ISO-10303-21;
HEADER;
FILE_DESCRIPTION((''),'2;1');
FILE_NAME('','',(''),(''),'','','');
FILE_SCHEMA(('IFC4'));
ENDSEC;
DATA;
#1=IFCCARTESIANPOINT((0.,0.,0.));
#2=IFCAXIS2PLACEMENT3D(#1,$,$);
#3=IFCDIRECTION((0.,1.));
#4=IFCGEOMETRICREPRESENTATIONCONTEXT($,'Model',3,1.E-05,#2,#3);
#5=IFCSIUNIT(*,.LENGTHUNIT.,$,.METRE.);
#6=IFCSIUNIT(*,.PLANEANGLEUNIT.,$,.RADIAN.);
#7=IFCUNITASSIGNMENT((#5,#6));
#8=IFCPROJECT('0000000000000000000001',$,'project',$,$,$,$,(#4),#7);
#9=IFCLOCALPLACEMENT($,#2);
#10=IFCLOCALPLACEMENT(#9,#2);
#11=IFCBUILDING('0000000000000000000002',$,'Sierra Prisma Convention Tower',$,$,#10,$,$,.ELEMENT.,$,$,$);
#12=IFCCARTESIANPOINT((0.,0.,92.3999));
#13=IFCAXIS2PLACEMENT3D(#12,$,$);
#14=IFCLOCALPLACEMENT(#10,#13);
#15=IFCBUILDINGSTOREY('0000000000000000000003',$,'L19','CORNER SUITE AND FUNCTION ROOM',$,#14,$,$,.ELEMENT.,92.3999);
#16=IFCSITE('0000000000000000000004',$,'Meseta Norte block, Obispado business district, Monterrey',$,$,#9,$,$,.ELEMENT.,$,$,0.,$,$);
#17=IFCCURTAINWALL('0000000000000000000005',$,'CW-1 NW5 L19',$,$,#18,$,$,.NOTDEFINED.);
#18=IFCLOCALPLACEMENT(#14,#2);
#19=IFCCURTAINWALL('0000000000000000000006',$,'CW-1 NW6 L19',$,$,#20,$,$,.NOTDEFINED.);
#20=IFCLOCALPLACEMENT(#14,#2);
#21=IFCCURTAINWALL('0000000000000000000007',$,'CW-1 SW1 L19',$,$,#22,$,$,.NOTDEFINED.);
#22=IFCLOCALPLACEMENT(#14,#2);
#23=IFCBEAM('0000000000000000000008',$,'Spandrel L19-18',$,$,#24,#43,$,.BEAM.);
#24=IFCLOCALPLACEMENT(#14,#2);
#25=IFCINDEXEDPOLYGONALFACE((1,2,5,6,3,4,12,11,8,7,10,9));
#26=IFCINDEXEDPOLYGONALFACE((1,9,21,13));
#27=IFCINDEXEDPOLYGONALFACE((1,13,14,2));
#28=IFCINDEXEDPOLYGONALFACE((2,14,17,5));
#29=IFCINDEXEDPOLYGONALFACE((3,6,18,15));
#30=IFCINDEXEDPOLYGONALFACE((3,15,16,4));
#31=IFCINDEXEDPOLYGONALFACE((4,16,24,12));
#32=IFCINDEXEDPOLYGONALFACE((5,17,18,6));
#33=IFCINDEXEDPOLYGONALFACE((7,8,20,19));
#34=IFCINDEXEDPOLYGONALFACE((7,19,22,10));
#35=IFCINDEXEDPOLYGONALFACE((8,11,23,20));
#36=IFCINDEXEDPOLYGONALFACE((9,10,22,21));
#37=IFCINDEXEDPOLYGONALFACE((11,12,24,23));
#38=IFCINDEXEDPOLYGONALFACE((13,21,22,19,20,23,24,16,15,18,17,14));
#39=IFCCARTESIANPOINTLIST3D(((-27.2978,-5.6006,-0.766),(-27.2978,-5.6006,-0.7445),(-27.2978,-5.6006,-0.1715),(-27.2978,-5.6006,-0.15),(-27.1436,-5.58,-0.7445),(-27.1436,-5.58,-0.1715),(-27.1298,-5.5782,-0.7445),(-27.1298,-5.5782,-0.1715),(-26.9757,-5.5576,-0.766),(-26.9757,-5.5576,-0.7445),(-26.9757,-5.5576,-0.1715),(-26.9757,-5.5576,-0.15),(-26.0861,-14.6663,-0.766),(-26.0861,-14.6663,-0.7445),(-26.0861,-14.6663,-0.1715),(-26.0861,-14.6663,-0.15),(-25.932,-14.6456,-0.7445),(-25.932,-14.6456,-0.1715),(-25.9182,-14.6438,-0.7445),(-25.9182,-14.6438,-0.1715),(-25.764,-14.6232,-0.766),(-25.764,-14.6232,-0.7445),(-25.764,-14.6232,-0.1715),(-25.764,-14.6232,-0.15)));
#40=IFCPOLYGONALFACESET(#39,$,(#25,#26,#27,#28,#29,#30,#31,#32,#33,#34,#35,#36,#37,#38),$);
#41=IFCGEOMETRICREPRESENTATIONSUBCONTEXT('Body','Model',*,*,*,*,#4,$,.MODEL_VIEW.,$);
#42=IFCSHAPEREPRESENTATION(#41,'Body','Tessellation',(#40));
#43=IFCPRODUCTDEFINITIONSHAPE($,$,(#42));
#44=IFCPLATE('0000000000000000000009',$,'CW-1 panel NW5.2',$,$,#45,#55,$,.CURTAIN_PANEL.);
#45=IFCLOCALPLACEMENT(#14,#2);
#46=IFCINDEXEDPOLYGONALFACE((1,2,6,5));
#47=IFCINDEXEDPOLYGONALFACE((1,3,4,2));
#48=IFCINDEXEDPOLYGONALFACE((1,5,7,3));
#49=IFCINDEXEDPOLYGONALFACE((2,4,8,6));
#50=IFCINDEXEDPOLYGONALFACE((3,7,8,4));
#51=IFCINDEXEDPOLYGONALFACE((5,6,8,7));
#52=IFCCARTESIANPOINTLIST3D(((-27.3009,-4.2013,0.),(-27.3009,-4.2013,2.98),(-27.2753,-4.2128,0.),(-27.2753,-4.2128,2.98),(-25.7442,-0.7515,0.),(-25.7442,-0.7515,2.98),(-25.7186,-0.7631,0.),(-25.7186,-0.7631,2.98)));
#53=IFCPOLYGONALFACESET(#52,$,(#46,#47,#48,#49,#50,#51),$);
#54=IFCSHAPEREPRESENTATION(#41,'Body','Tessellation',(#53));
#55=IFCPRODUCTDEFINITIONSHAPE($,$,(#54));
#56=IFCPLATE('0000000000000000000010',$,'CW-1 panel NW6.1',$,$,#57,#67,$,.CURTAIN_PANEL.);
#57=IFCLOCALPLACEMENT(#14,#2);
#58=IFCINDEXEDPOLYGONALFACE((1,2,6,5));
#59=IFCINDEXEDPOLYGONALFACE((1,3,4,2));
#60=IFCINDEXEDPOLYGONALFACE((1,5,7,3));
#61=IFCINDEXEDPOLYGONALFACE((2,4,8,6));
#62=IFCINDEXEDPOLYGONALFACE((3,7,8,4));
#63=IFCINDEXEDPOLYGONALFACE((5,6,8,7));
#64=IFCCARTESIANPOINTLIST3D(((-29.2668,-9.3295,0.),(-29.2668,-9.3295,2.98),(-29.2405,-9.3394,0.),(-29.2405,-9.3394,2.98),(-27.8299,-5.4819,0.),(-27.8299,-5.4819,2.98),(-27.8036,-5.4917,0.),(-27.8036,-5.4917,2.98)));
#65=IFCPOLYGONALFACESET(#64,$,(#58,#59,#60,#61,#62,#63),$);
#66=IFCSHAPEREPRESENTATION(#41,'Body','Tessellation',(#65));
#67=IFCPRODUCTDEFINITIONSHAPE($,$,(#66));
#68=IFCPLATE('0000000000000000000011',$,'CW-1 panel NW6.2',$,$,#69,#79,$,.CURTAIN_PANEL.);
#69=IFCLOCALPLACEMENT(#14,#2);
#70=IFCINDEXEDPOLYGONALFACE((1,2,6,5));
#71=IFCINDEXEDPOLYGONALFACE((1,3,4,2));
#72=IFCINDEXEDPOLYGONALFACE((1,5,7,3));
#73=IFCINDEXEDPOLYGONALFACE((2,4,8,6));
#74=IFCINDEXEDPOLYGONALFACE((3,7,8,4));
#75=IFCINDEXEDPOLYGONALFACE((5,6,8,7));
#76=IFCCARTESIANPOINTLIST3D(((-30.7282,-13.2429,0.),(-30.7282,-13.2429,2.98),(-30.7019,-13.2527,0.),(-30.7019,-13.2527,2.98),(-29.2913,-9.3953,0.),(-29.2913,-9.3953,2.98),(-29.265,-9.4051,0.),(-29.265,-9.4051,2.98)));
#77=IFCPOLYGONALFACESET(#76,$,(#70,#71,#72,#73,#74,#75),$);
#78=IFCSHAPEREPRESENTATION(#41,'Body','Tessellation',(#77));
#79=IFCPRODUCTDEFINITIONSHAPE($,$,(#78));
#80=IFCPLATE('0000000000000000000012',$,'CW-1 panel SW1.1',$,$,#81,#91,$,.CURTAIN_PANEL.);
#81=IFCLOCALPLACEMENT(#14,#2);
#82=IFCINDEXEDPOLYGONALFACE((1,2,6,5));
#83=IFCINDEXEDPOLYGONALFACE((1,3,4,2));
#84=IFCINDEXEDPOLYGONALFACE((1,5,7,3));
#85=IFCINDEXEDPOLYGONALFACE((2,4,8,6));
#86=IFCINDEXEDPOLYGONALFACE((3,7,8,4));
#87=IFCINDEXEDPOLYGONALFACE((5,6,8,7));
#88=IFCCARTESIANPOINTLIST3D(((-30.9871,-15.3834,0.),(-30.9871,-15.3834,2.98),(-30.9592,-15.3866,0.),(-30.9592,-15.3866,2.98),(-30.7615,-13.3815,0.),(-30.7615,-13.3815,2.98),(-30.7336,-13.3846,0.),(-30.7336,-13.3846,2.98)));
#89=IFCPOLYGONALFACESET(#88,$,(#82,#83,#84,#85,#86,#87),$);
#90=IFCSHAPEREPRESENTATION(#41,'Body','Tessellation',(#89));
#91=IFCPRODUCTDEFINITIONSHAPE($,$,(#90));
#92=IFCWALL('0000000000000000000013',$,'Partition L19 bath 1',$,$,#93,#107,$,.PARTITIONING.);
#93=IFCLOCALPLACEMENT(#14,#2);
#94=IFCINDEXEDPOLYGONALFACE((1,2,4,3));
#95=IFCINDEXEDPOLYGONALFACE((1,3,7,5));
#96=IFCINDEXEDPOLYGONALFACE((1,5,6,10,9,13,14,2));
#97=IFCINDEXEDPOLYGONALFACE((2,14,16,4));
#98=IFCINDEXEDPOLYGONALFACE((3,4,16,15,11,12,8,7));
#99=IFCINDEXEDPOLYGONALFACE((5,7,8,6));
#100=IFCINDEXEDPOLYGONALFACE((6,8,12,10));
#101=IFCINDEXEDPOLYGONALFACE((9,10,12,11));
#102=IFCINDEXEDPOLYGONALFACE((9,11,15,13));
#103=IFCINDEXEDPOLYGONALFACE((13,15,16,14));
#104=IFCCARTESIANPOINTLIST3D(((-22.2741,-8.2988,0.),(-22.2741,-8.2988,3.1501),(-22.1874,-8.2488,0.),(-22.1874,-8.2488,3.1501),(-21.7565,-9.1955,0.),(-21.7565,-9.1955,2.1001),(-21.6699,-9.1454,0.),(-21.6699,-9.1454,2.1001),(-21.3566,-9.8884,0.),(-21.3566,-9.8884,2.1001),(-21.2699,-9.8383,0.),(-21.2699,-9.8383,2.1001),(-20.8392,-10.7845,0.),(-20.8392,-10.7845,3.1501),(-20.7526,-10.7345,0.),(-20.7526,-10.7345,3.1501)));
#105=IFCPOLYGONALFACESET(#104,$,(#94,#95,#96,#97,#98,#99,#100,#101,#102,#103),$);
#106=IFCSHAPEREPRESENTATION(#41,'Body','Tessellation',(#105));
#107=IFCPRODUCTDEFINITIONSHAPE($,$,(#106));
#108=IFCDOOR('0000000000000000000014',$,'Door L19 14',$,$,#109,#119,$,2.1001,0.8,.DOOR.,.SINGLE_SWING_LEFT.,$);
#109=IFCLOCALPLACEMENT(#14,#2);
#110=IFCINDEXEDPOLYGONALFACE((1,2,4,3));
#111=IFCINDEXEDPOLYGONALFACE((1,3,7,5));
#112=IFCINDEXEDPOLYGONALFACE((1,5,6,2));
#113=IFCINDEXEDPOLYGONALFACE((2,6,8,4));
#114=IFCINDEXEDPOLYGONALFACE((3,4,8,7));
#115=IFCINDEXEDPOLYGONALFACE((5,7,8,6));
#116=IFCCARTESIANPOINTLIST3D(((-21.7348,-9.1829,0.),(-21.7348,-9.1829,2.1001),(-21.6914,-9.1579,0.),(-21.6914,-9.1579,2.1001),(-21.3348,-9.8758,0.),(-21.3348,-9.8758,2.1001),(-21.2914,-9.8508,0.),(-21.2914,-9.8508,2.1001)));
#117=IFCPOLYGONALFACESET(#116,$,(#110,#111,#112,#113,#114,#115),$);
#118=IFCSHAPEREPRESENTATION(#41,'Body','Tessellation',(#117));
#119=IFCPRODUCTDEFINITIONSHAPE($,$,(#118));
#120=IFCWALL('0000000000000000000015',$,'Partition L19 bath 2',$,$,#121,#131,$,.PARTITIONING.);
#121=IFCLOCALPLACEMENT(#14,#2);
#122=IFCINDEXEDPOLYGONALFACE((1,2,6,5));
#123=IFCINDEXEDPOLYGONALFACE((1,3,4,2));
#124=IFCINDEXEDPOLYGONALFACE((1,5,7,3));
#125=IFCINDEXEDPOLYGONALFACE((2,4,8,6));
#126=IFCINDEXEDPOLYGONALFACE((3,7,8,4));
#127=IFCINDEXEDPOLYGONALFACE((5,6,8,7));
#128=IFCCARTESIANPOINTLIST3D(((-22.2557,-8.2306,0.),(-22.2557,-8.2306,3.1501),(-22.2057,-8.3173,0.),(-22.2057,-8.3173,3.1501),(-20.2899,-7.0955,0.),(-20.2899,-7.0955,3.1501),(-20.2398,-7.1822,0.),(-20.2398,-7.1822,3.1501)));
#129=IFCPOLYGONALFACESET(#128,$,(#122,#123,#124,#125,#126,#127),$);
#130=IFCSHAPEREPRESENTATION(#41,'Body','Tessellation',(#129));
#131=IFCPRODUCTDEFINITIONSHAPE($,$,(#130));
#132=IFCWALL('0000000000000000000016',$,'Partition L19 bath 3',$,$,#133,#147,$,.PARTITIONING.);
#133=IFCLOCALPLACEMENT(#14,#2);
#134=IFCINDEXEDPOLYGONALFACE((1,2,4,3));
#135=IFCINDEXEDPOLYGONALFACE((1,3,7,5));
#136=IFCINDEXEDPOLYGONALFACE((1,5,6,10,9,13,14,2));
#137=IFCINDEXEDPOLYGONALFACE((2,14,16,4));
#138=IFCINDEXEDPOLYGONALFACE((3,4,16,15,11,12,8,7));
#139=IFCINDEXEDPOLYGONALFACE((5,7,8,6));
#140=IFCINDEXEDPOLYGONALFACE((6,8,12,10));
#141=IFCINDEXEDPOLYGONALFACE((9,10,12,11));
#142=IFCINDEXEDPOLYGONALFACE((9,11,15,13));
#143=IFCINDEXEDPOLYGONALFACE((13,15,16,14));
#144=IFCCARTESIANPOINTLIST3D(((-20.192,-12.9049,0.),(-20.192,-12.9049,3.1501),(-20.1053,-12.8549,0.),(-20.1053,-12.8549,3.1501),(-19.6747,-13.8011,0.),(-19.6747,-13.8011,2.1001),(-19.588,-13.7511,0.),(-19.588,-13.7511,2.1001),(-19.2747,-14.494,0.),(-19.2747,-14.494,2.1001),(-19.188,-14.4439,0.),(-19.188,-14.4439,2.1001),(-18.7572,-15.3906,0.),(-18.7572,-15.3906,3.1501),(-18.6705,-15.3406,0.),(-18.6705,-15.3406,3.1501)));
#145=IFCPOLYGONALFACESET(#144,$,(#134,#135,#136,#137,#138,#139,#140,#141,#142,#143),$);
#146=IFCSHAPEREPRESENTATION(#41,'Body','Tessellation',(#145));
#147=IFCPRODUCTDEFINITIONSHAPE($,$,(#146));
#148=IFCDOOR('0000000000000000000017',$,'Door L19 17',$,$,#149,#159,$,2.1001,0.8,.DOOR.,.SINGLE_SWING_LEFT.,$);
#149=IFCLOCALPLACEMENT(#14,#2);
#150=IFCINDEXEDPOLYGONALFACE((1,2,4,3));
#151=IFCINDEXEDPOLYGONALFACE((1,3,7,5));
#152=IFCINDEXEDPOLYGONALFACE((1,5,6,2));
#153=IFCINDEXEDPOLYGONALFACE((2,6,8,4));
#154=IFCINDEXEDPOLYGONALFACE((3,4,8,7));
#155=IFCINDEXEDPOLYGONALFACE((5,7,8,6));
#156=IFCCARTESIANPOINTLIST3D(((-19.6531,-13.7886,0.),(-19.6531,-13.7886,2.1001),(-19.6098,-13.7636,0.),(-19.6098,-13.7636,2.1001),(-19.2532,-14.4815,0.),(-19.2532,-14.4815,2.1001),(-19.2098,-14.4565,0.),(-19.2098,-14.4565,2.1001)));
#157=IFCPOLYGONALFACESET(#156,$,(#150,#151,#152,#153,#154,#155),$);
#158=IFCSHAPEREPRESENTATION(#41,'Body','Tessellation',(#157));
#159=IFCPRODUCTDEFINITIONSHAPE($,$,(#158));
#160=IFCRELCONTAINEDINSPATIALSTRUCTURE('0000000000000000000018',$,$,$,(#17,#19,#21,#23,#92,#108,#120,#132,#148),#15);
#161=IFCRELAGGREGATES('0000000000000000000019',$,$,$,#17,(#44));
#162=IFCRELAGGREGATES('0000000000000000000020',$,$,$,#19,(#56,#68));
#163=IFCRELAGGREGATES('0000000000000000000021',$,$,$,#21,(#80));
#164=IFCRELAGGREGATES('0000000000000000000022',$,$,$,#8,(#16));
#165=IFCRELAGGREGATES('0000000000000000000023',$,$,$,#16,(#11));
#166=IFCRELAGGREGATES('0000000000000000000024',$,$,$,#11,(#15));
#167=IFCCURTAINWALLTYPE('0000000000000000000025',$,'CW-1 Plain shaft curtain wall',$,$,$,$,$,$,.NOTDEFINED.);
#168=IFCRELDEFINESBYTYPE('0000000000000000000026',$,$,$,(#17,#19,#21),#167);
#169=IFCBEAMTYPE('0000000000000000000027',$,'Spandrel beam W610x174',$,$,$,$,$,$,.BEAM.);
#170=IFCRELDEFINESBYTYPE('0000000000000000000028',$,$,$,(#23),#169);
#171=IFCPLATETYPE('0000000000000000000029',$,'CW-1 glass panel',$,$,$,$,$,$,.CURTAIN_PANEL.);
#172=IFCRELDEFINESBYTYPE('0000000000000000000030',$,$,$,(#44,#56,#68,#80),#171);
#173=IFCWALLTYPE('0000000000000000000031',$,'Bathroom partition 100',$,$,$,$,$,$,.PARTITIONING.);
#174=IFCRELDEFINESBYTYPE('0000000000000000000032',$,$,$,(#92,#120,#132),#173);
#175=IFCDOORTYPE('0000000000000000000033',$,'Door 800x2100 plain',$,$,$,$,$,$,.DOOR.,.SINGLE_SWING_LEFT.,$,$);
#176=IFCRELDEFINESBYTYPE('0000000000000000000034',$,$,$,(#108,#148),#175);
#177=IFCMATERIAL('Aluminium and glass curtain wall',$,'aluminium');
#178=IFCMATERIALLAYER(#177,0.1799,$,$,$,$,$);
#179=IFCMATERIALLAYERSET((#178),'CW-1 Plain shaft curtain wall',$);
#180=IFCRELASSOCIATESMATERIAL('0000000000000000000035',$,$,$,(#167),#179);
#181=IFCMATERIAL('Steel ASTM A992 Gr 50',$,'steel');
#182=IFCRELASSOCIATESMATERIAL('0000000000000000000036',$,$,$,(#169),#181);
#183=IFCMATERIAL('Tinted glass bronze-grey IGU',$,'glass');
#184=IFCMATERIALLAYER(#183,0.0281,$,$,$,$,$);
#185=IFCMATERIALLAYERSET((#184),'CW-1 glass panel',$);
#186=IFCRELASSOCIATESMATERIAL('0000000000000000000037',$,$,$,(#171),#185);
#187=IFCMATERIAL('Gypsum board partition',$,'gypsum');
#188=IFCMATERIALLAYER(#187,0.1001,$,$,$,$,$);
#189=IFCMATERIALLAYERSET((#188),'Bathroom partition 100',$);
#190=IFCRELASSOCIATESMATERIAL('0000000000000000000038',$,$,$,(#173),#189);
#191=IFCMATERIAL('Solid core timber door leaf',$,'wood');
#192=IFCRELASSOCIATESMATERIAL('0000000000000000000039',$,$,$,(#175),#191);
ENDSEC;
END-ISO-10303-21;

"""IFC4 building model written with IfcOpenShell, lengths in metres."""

from ifc_helpers import new_model, si_unit, direction, frame, frame_2d, origin, origin_2d, place, context, subcontext, project, spatial, rectangle, i_section, extrude, material, layer, layer_set, material_profile, profile_set, type_object, element, fill, aggregate, save


model = new_model("IFC4")

# Units and contexts
model_context = context("Model", 3, precision=1e-05, world=origin(), true_north=direction((0.0, 1.0)))
body_context = subcontext(model_context, "Body", "Model", "MODEL_VIEW")
ifc_project = project(units=[si_unit("LENGTHUNIT", "METRE"), si_unit("PLANEANGLEUNIT", "RADIAN")], contexts=[model_context])

# Site, building, storey
site_placement = place(None, origin())
site = spatial("IfcSite", under=ifc_project, at=site_placement, Name="Meseta Norte block, Obispado business district, Monterrey", CompositionType="ELEMENT", RefElevation=0.0)
building_placement = place(site_placement, origin())
building = spatial("IfcBuilding", under=site, at=building_placement, Name="Sierra Prisma Convention Tower", CompositionType="ELEMENT")
storey_placement = place(building_placement, frame((0.0, 0.0, 92.3999)))
storey = spatial("IfcBuildingStorey", under=building, at=storey_placement, Name="L19", Description="CORNER SUITE AND FUNCTION ROOM", CompositionType="ELEMENT", Elevation=92.3999)

# Curtain walls
ifc_material_1 = material(Name="Aluminium and glass curtain wall", Category="aluminium")
ifc_layer_1 = layer(ifc_material_1, 0.1799)
ifc_layer_set_1 = layer_set([ifc_layer_1], Name="CW-1 Plain shaft curtain wall")
curtain_wall_type = type_object("IfcCurtainWallType", Name="CW-1 Plain shaft curtain wall", PredefinedType="NOTDEFINED", material=ifc_layer_set_1)
curtain_wall_1_placement = place(storey_placement, origin())
curtain_wall_1 = element("IfcCurtainWall", 1, at=curtain_wall_1_placement, inside=storey, type_object=curtain_wall_type, Name="CW-1 NW5 L19", PredefinedType="NOTDEFINED")
curtain_wall_2_placement = place(storey_placement, origin())
curtain_wall_2 = element("IfcCurtainWall", 2, at=curtain_wall_2_placement, inside=storey, type_object=curtain_wall_type, Name="CW-1 NW6 L19", PredefinedType="NOTDEFINED")
curtain_wall_3_placement = place(storey_placement, origin())
curtain_wall_3 = element("IfcCurtainWall", 3, at=curtain_wall_3_placement, inside=storey, type_object=curtain_wall_type, Name="CW-1 SW1 L19", PredefinedType="NOTDEFINED")

# Beam
ifc_material_2 = material(Name="Steel ASTM A992 Gr 50", Category="steel")
ifc_material_profile_1 = material_profile(ifc_material_2, i_section(OverallWidth=0.325, OverallDepth=0.616, WebThickness=0.0139, FlangeThickness=0.0215, at=origin_2d()), Name="W610x174")
ifc_profile_set_1 = profile_set([ifc_material_profile_1], Name="Steel ASTM A992 Gr 50")
beam_type_1 = type_object("IfcBeamType", Name="Spandrel beam W610x174", PredefinedType="BEAM", material=ifc_profile_set_1)
beam_1_placement = place(storey_placement, frame((-27.1367, -5.5791, -0.458), z_axis=(0.132477, -0.991186, 0.0), x_axis=(0.991186, 0.132477, 0.0)))
element("IfcBeam", 4, at=beam_1_placement, inside=storey, type_object=beam_type_1, Name="Spandrel L19-18", PredefinedType="BEAM", context=body_context, shape_type="SweptSolid", body=[
    extrude(i_section(OverallWidth=0.325, OverallDepth=0.616, WebThickness=0.0139, FlangeThickness=0.0215, at=origin_2d()), origin(), (0.0, 0.0, 1.0), 9.1462),
])

# Plates
ifc_material_3 = material(Name="Tinted glass bronze-grey IGU", Category="glass")
ifc_layer_2 = layer(ifc_material_3, 0.0281)
ifc_layer_set_2 = layer_set([ifc_layer_2], Name="CW-1 glass panel")
plate_type = type_object("IfcPlateType", Name="CW-1 glass panel", PredefinedType="CURTAIN_PANEL", material=ifc_layer_set_2)
plate_1_placement = place(storey_placement, frame((-26.5098, -2.4822, 0.0), z_axis=(0.0, 0.0, 1.0), x_axis=(-0.411307, -0.911497, 0.0)))
plate_1 = element("IfcPlate", 5, at=plate_1_placement, type_object=plate_type, Name="CW-1 panel NW5.2", PredefinedType="CURTAIN_PANEL", context=body_context, shape_type="SweptSolid", body=[
    extrude(rectangle(XDim=3.7847, YDim=0.0281, at=origin_2d()), origin(), (0.0, 0.0, 1.0), 2.98),
])
aggregate(curtain_wall_1, [plate_1])
plate_2_placement = place(storey_placement, frame((-28.5352, -7.4106, 0.0), z_axis=(0.0, 0.0, 1.0), x_axis=(-0.349852, -0.936805, 0.0)))
plate_2 = element("IfcPlate", 6, at=plate_2_placement, type_object=plate_type, Name="CW-1 panel NW6.1", PredefinedType="CURTAIN_PANEL", context=body_context, shape_type="SweptSolid", body=[
    extrude(rectangle(XDim=4.1072, YDim=0.0281, at=origin_2d()), origin(), (0.0, 0.0, 1.0), 2.98),
])
plate_3_placement = place(storey_placement, frame((-29.9966, -11.324, 0.0), z_axis=(0.0, 0.0, 1.0), x_axis=(-0.349852, -0.936805, 0.0)))
plate_3 = element("IfcPlate", 7, at=plate_3_placement, type_object=plate_type, Name="CW-1 panel NW6.2", PredefinedType="CURTAIN_PANEL", context=body_context, shape_type="SweptSolid", body=[
    extrude(rectangle(XDim=4.1072, YDim=0.0281, at=origin_2d()), origin(), (0.0, 0.0, 1.0), 2.98),
])
aggregate(curtain_wall_2, [plate_2, plate_3])
plate_4_placement = place(storey_placement, frame((-30.8604, -14.384, 0.0), z_axis=(0.0, 0.0, 1.0), x_axis=(-0.111997, -0.993709, 0.0)))
plate_4 = element("IfcPlate", 8, at=plate_4_placement, type_object=plate_type, Name="CW-1 panel SW1.1", PredefinedType="CURTAIN_PANEL", context=body_context, shape_type="SweptSolid", body=[
    extrude(rectangle(XDim=2.0146, YDim=0.0281, at=origin_2d()), origin(), (0.0, 0.0, 1.0), 2.98),
])
aggregate(curtain_wall_3, [plate_4])

# Wall, opening, door
ifc_material_4 = material(Name="Gypsum board partition", Category="gypsum")
ifc_layer_3 = layer(ifc_material_4, 0.1001)
ifc_layer_set_3 = layer_set([ifc_layer_3], Name="Bathroom partition 100")
wall_type_1 = type_object("IfcWallType", Name="Bathroom partition 100", PredefinedType="PARTITIONING", material=ifc_layer_set_3)
wall_1_placement = place(storey_placement, frame((-20.7959, -10.7595, 0.0), z_axis=(0.0, 0.0, 1.0), x_axis=(-0.499936, 0.866062, 0.0)))
wall_1 = element("IfcWall", 9, at=wall_1_placement, inside=storey, type_object=wall_type_1, Name="Partition L19 bath 1", PredefinedType="PARTITIONING", context=body_context, shape_type="SweptSolid", body=[
    extrude(rectangle(XDim=2.8701, YDim=0.1001, at=frame_2d((1.4351, 0.0))), origin(), (0.0, 0.0, 1.0), 3.1501),
])
opening_1_placement = place(wall_1_placement, frame((1.0349, 0.0, 0.0)))
opening_1 = element("IfcOpeningElement", 10, at=opening_1_placement, cuts=wall_1, PredefinedType="OPENING", context=body_context, shape_type="SweptSolid", body=[
    extrude(rectangle(XDim=0.8, YDim=2.1001, at=frame_2d((0.3999, 1.05))), frame((0.0, 0.05, 0.0), z_axis=(0.0, -1.0, 0.0), x_axis=(1.0, 0.0, 0.0)), (0.0, 0.0, 1.0), 0.1001),
])
ifc_material_5 = material(Name="Solid core timber door leaf", Category="wood")
door_type_1 = type_object("IfcDoorType", Name="Door 800x2100 plain", OperationType="SINGLE_SWING_LEFT", PredefinedType="DOOR", material=ifc_material_5)
door_1_placement = place(opening_1_placement, origin())
door_1 = element("IfcDoor", 11, at=door_1_placement, inside=storey, type_object=door_type_1, Name="Door L19 14", OperationType="SINGLE_SWING_LEFT", OverallHeight=2.1001, OverallWidth=0.8, PredefinedType="DOOR", context=body_context, shape_type="SweptSolid", body=[
    extrude(rectangle(XDim=0.8, YDim=2.1001, at=frame_2d((0.3999, 1.05))), frame((0.0, 0.0249, 0.0), z_axis=(0.0, -1.0, 0.0), x_axis=(1.0, 0.0, 0.0)), (0.0, 0.0, 1.0), 0.05),
])
fill(opening_1, door_1)

# Wall
wall_2_placement = place(storey_placement, frame((-22.2307, -8.2739, 0.0), z_axis=(0.0, 0.0, 1.0), x_axis=(0.866017, 0.500014, 0.0)))
element("IfcWall", 12, at=wall_2_placement, inside=storey, type_object=wall_type_1, Name="Partition L19 bath 2", PredefinedType="PARTITIONING", context=body_context, shape_type="SweptSolid", body=[
    extrude(rectangle(XDim=2.27, YDim=0.1001, at=frame_2d((1.135, 0.0))), origin(), (0.0, 0.0, 1.0), 3.1501),
])

# Wall, opening, door
wall_3_placement = place(storey_placement, frame((-20.1487, -12.8799, 0.0), z_axis=(0.0, 0.0, 1.0), x_axis=(0.499936, -0.866062, 0.0)))
wall_3 = element("IfcWall", 13, at=wall_3_placement, inside=storey, type_object=wall_type_1, Name="Partition L19 bath 3", PredefinedType="PARTITIONING", context=body_context, shape_type="SweptSolid", body=[
    extrude(rectangle(XDim=2.8701, YDim=0.1001, at=frame_2d((1.4351, 0.0))), origin(), (0.0, 0.0, 1.0), 3.1501),
])
opening_2_placement = place(wall_3_placement, frame((1.0349, 0.0, 0.0)))
opening_2 = element("IfcOpeningElement", 14, at=opening_2_placement, cuts=wall_3, PredefinedType="OPENING", context=body_context, shape_type="SweptSolid", body=[
    extrude(rectangle(XDim=0.8, YDim=2.1001, at=frame_2d((0.3999, 1.05))), frame((0.0, 0.05, 0.0), z_axis=(0.0, -1.0, 0.0), x_axis=(1.0, 0.0, 0.0)), (0.0, 0.0, 1.0), 0.1001),
])
door_2_placement = place(opening_2_placement, origin())
door_2 = element("IfcDoor", 15, at=door_2_placement, inside=storey, type_object=door_type_1, Name="Door L19 17", OperationType="SINGLE_SWING_LEFT", OverallHeight=2.1001, OverallWidth=0.8, PredefinedType="DOOR", context=body_context, shape_type="SweptSolid", body=[
    extrude(rectangle(XDim=0.8, YDim=2.1001, at=frame_2d((0.3999, 1.05))), frame((0.0, 0.0249, 0.0), z_axis=(0.0, -1.0, 0.0), x_axis=(1.0, 0.0, 0.0)), (0.0, 0.0, 1.0), 0.05),
])
fill(opening_2, door_2)

save(model, "model.ifc")
